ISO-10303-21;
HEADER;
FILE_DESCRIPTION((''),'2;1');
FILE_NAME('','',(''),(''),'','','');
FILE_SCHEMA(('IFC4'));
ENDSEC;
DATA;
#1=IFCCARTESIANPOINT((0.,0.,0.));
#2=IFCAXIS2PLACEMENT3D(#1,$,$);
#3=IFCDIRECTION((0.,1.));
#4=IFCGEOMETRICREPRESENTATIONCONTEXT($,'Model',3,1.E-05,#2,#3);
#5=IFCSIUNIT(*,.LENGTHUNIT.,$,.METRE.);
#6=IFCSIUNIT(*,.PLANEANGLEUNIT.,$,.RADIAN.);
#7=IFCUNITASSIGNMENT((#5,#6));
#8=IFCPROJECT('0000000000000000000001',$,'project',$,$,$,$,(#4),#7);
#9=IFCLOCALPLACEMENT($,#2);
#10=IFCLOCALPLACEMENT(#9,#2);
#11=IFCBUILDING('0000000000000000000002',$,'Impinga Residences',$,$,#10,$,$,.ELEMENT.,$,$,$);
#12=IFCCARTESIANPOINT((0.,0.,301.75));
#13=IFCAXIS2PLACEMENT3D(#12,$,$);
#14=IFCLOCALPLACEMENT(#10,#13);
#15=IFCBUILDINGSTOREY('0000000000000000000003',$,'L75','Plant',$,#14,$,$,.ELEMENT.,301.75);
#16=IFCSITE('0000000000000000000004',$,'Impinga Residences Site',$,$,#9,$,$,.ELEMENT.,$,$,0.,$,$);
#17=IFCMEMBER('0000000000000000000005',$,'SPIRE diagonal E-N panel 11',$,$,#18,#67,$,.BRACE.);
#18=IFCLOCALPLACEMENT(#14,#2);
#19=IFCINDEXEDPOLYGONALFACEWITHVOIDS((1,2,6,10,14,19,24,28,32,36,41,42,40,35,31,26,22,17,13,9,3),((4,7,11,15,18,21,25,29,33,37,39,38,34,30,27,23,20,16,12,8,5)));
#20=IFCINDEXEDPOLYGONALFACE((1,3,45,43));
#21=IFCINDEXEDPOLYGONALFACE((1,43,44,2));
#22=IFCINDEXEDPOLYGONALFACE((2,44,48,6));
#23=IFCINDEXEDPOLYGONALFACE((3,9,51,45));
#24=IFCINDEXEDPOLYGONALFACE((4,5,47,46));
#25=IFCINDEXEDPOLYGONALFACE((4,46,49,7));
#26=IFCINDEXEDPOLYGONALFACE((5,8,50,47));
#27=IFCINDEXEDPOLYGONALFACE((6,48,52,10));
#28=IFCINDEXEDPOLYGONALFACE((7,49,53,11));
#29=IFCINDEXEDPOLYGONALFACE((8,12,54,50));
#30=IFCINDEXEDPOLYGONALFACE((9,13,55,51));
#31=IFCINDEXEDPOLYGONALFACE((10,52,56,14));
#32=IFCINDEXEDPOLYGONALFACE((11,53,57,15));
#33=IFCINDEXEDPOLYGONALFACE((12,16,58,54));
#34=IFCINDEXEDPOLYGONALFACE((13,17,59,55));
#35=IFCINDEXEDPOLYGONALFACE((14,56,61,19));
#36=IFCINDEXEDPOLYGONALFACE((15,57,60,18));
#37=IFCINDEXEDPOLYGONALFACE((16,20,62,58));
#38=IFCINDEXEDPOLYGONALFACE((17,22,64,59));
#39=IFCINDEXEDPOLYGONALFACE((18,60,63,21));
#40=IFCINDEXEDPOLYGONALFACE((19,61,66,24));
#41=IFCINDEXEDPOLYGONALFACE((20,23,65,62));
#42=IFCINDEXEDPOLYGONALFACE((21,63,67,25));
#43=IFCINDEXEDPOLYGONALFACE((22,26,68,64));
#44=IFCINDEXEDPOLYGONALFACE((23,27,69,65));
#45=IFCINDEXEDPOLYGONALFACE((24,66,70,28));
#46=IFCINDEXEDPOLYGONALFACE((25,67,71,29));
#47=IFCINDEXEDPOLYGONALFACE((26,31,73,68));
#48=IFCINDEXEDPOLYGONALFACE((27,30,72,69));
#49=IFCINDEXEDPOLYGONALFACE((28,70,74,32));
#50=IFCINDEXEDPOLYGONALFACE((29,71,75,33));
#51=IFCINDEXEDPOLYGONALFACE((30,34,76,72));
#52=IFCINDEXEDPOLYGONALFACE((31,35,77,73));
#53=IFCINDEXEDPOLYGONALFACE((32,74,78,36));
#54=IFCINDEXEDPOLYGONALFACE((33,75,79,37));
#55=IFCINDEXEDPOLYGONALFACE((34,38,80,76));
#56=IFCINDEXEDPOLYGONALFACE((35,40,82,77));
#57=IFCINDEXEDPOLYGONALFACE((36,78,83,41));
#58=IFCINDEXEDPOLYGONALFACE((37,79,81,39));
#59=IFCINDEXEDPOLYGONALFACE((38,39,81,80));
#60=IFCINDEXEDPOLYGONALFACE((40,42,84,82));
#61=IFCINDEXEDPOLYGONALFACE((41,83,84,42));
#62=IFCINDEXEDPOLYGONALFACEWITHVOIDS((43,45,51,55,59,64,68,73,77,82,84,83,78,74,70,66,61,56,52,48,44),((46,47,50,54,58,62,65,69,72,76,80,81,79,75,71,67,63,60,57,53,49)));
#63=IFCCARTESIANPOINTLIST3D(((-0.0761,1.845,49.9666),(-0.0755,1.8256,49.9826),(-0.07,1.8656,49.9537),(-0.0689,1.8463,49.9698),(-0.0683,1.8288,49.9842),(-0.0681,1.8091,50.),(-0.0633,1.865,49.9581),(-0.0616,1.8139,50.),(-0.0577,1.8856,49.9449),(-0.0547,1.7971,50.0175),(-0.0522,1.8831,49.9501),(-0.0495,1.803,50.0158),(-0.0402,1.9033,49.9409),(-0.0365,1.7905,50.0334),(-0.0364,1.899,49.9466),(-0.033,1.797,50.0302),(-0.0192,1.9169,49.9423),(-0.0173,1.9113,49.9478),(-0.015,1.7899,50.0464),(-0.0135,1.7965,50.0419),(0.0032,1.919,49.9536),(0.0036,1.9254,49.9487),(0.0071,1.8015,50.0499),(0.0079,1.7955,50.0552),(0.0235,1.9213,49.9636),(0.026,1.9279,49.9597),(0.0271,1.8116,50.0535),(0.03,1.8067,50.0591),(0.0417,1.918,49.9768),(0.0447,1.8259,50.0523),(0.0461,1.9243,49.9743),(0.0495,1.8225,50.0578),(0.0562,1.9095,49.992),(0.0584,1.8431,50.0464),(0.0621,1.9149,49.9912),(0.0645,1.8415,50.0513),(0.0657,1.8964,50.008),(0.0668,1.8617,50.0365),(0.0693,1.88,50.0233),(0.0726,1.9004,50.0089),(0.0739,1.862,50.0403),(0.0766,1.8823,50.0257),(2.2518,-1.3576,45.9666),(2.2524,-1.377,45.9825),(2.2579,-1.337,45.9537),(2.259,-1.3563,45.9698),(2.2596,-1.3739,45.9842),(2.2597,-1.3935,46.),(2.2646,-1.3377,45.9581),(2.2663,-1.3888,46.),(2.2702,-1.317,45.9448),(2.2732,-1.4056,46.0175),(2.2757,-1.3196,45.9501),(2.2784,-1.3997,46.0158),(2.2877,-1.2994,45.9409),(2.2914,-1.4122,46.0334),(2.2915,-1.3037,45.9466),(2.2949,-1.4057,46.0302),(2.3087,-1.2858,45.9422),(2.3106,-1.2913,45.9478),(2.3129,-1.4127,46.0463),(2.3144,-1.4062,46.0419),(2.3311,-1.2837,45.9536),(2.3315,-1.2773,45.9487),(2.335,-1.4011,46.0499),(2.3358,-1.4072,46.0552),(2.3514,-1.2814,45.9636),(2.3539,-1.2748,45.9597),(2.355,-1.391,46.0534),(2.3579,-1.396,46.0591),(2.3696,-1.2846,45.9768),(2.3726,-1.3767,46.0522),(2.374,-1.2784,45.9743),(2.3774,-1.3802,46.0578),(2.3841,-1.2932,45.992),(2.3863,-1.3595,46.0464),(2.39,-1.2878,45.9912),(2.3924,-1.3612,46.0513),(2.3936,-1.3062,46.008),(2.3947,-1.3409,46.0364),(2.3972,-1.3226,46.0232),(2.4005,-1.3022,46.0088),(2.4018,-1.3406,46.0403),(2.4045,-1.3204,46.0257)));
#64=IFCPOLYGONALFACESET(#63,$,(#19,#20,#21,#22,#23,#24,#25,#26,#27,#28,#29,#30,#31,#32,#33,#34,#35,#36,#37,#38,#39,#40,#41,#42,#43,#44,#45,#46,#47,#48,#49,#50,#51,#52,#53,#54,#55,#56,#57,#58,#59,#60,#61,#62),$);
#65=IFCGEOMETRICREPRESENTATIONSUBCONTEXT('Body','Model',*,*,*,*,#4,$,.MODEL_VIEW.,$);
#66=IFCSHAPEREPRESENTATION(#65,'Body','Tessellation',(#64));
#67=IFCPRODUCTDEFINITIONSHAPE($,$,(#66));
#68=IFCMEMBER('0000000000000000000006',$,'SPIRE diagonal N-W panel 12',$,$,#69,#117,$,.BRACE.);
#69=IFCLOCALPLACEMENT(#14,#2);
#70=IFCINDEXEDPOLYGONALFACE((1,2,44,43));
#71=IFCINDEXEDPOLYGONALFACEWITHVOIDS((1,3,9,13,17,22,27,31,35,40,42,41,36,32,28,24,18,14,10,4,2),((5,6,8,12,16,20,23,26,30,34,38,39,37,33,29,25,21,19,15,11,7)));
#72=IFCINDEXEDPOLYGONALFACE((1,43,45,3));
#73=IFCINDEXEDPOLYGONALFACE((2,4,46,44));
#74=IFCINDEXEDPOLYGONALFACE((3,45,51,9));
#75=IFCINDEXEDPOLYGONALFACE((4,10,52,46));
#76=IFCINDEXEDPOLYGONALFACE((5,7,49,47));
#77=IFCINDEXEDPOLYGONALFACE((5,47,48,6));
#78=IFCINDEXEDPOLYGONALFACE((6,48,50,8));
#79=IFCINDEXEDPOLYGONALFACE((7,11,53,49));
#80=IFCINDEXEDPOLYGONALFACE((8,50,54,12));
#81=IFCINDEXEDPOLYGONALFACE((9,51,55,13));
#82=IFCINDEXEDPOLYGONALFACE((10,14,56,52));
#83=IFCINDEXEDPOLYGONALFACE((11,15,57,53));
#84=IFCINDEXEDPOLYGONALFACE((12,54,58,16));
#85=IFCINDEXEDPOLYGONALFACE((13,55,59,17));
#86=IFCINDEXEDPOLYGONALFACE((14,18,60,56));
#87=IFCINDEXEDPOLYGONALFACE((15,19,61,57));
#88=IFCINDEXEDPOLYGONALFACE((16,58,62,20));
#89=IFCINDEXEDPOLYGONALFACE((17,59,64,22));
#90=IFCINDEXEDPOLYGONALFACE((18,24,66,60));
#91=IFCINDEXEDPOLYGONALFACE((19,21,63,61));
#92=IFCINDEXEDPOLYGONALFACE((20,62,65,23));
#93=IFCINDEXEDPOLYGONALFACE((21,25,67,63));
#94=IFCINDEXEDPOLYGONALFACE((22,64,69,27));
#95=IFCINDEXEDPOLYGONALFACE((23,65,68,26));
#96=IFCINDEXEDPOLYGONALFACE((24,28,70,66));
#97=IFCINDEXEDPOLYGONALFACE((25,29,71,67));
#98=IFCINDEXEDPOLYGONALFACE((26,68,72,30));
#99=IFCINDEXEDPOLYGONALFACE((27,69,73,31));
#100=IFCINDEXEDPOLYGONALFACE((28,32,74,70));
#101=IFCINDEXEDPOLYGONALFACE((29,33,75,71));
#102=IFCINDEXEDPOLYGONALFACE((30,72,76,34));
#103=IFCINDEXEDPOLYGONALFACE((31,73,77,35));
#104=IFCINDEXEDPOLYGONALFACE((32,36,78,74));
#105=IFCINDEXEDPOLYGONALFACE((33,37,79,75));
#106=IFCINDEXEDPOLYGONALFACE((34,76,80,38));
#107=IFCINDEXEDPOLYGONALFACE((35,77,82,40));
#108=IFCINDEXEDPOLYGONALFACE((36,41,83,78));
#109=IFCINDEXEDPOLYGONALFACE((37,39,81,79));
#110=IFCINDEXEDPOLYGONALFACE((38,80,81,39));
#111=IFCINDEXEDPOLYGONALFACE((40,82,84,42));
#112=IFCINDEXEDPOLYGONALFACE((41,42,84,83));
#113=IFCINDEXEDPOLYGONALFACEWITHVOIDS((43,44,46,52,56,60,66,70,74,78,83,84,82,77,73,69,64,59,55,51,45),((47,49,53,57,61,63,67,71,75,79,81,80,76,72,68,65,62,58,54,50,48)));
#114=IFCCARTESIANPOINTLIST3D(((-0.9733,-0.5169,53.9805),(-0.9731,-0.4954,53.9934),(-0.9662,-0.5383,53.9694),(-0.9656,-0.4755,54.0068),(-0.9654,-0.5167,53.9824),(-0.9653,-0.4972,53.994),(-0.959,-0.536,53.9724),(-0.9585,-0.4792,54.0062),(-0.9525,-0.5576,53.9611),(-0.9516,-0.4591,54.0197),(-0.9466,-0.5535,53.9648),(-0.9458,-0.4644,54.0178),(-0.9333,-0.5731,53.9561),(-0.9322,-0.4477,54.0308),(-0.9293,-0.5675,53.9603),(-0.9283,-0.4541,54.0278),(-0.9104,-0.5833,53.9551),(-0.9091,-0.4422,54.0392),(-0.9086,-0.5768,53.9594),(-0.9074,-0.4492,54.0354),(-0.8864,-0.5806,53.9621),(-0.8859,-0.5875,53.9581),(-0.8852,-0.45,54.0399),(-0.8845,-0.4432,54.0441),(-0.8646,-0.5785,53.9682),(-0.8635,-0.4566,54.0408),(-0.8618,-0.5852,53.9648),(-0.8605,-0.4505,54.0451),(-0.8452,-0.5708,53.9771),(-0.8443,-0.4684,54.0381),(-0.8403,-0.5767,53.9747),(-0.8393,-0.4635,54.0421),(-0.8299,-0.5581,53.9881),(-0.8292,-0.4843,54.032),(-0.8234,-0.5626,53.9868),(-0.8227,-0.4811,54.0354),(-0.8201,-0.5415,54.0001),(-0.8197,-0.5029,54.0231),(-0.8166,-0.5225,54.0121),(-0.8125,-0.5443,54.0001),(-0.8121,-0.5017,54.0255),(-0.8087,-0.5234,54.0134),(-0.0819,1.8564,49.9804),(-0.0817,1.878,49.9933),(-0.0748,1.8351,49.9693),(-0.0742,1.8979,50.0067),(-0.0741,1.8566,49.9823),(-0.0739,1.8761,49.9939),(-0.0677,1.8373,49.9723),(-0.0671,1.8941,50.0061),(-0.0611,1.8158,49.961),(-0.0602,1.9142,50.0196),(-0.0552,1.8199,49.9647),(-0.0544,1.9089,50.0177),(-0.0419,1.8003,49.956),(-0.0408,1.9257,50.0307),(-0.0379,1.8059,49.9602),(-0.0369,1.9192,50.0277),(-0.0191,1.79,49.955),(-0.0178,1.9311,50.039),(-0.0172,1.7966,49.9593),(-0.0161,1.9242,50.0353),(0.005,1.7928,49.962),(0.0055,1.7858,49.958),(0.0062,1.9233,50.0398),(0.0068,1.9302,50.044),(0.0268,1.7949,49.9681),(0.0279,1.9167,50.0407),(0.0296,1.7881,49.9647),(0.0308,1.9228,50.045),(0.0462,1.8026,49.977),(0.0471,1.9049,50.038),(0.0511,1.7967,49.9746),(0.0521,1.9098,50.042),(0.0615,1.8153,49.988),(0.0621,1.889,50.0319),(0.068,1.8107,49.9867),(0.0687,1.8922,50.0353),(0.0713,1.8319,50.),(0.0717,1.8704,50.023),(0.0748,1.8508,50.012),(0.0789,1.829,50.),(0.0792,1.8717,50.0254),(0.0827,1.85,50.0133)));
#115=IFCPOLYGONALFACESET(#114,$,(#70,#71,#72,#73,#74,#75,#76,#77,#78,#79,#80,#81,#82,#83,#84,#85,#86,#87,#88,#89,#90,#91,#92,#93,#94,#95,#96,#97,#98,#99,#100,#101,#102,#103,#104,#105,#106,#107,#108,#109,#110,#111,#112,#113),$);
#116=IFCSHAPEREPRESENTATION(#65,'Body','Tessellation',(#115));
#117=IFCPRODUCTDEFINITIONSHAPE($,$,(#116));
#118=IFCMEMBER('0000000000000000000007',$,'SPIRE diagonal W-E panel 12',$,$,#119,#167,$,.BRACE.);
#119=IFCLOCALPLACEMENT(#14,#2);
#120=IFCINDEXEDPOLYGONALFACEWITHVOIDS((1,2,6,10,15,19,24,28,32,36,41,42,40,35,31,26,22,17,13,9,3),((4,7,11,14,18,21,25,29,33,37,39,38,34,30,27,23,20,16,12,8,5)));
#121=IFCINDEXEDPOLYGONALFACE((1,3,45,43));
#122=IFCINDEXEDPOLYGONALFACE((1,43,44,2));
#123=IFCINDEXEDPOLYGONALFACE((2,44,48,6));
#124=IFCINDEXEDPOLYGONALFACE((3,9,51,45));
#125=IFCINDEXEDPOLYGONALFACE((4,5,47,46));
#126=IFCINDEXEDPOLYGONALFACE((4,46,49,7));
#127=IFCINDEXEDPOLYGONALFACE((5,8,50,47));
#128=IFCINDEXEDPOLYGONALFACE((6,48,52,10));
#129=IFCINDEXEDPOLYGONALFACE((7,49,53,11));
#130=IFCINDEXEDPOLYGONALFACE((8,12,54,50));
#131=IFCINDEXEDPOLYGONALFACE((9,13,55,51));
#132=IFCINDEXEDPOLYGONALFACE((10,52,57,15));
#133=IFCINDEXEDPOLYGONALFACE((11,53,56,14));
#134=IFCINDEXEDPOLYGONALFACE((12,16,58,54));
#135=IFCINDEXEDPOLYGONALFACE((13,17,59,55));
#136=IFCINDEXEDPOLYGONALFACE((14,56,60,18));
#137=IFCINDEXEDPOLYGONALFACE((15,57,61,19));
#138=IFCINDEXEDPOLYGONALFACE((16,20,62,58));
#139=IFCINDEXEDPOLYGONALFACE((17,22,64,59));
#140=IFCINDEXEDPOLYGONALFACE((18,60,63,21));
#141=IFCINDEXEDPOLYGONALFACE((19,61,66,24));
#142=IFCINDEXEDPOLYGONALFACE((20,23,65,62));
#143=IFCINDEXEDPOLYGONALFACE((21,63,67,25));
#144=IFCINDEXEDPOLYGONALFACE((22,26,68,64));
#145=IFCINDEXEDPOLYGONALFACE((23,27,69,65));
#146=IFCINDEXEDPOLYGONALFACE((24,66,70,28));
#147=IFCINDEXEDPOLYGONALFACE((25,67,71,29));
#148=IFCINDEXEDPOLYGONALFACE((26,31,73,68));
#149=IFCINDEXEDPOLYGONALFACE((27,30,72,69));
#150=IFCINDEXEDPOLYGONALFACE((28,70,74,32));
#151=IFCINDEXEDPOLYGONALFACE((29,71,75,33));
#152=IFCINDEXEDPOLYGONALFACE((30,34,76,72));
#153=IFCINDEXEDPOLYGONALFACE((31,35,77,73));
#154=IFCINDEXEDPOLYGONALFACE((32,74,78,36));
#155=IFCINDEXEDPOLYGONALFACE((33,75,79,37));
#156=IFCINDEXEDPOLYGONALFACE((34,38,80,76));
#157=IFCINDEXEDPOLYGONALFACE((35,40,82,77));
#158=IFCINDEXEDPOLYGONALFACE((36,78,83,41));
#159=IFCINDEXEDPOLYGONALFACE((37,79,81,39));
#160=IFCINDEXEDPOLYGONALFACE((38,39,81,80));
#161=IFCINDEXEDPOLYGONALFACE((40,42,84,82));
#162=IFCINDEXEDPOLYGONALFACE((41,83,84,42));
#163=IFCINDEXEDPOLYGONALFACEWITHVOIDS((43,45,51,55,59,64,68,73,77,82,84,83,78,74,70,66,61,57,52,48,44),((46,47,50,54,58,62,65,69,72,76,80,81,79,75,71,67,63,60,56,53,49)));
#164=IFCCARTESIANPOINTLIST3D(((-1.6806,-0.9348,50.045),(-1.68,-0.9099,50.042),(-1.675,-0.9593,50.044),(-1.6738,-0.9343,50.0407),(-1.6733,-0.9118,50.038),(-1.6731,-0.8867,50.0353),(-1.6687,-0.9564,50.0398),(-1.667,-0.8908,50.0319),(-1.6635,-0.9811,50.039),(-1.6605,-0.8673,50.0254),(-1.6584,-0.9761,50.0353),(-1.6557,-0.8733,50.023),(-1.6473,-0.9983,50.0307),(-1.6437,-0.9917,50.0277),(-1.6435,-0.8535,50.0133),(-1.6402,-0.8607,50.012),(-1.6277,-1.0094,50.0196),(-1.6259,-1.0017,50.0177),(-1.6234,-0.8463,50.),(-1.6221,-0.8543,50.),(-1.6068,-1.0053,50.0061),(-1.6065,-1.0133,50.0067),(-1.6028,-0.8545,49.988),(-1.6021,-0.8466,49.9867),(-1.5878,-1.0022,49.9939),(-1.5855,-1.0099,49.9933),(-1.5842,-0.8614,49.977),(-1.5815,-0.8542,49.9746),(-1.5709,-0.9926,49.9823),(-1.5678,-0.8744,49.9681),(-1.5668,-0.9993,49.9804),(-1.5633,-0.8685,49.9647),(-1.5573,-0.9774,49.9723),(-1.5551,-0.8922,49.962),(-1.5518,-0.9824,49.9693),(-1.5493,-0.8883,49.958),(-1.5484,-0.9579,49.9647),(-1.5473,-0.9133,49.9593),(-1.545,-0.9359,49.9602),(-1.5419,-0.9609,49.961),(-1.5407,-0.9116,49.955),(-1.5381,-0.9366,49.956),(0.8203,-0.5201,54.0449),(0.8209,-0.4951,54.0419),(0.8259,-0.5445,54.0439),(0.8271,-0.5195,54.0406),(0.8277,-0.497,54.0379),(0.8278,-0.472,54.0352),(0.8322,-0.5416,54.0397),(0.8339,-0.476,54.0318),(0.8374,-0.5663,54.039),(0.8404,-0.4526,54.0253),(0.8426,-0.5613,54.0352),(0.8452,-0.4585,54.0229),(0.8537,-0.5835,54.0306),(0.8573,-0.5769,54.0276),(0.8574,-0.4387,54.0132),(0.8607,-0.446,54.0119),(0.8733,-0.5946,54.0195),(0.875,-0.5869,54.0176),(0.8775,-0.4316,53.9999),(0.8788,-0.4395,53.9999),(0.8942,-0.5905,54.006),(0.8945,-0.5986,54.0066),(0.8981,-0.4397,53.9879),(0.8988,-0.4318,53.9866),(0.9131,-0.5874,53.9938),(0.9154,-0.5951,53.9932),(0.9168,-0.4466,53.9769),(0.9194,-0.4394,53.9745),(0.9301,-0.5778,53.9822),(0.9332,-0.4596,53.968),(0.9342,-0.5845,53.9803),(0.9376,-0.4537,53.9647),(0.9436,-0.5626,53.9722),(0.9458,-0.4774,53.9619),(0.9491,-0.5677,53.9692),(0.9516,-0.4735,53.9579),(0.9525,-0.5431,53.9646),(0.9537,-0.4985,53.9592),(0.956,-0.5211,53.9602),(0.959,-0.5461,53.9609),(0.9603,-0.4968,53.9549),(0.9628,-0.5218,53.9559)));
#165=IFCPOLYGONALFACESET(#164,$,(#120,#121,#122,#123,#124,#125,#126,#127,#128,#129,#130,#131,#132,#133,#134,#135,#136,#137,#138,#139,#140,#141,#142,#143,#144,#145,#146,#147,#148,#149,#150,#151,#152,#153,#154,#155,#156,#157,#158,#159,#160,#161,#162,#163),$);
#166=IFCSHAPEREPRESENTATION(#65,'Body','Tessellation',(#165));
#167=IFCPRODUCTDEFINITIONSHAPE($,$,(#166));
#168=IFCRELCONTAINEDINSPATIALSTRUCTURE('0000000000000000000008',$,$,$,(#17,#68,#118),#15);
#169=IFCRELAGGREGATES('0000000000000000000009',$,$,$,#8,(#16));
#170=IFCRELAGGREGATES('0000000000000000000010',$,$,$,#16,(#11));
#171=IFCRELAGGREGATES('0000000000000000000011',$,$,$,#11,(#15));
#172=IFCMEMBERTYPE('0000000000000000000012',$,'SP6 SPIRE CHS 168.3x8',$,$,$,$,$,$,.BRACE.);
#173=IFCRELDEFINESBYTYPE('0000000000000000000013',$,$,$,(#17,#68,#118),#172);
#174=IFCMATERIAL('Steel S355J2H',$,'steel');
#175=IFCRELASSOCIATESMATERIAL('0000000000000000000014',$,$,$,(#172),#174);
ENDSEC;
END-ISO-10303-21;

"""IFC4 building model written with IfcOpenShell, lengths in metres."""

from ifc_helpers import new_model, si_unit, direction, frame, origin, origin_2d, place, context, subcontext, project, spatial, hollow_circle, extrude, material, material_profile, profile_set, type_object, element, save


model = new_model("IFC4")

# Units and contexts
model_context = context("Model", 3, precision=1e-05, world=origin(), true_north=direction((0.0, 1.0)))
body_context = subcontext(model_context, "Body", "Model", "MODEL_VIEW")
ifc_project = project(units=[si_unit("LENGTHUNIT", "METRE"), si_unit("PLANEANGLEUNIT", "RADIAN")], contexts=[model_context])

# Site, building, storey
site_placement = place(None, origin())
site = spatial("IfcSite", under=ifc_project, at=site_placement, Name="Impinga Residences Site", CompositionType="ELEMENT", RefElevation=0.0)
building_placement = place(site_placement, origin())
building = spatial("IfcBuilding", under=site, at=building_placement, Name="Impinga Residences", CompositionType="ELEMENT")
storey_placement = place(building_placement, frame((0.0, 0.0, 301.75)))
storey = spatial("IfcBuildingStorey", under=building, at=storey_placement, Name="L75", Description="Plant", CompositionType="ELEMENT", Elevation=301.75)

# Members
ifc_material = material(Name="Steel S355J2H", Category="steel")
ifc_material_profile_1 = material_profile(ifc_material, hollow_circle(Radius=0.0842, WallThickness=0.0081, at=origin_2d()), Name="CHS 168.3x8")
ifc_profile_set_1 = profile_set([ifc_material_profile_1], Name="Steel S355J2H")
member_type_1 = type_object("IfcMemberType", Name="SP6 SPIRE CHS 168.3x8", PredefinedType="BRACE", material=ifc_profile_set_1)
member_1_placement = place(storey_placement, frame((2.3279, -1.344, 46.0), z_axis=(-0.413615, 0.56904, 0.710715), x_axis=(-0.808893, -0.587955, 0.0)))
element("IfcMember", 1, at=member_1_placement, inside=storey, type_object=member_type_1, Name="SPIRE diagonal E-N panel 11", PredefinedType="BRACE", context=body_context, shape_type="SweptSolid", body=[
    extrude(hollow_circle(Radius=0.0842, WallThickness=0.0081, at=origin_2d()), origin(), (0.0, 0.0, 1.0), 5.6282),
])
member_2_placement = place(storey_placement, frame((0.0, 1.8586, 50.0), z_axis=(-0.18822, -0.501147, 0.844645), x_axis=(0.936151, -0.351598, 0.0)))
element("IfcMember", 2, at=member_2_placement, inside=storey, type_object=member_type_1, Name="SPIRE diagonal N-W panel 12", PredefinedType="BRACE", context=body_context, shape_type="SweptSolid", body=[
    extrude(hollow_circle(Radius=0.0842, WallThickness=0.0081, at=origin_2d()), origin(), (0.0, 0.0, 1.0), 4.7358),
])
member_3_placement = place(storey_placement, frame((-1.6096, -0.9294, 50.0), z_axis=(0.52811, 0.087589, 0.844647), x_axis=(-0.163618, 0.986524, 0.0)))
element("IfcMember", 3, at=member_3_placement, inside=storey, type_object=member_type_1, Name="SPIRE diagonal W-E panel 12", PredefinedType="BRACE", context=body_context, shape_type="SweptSolid", body=[
    extrude(hollow_circle(Radius=0.0842, WallThickness=0.0081, at=origin_2d()), origin(), (0.0, 0.0, 1.0), 4.7356),
])

save(model, "model.ifc")
